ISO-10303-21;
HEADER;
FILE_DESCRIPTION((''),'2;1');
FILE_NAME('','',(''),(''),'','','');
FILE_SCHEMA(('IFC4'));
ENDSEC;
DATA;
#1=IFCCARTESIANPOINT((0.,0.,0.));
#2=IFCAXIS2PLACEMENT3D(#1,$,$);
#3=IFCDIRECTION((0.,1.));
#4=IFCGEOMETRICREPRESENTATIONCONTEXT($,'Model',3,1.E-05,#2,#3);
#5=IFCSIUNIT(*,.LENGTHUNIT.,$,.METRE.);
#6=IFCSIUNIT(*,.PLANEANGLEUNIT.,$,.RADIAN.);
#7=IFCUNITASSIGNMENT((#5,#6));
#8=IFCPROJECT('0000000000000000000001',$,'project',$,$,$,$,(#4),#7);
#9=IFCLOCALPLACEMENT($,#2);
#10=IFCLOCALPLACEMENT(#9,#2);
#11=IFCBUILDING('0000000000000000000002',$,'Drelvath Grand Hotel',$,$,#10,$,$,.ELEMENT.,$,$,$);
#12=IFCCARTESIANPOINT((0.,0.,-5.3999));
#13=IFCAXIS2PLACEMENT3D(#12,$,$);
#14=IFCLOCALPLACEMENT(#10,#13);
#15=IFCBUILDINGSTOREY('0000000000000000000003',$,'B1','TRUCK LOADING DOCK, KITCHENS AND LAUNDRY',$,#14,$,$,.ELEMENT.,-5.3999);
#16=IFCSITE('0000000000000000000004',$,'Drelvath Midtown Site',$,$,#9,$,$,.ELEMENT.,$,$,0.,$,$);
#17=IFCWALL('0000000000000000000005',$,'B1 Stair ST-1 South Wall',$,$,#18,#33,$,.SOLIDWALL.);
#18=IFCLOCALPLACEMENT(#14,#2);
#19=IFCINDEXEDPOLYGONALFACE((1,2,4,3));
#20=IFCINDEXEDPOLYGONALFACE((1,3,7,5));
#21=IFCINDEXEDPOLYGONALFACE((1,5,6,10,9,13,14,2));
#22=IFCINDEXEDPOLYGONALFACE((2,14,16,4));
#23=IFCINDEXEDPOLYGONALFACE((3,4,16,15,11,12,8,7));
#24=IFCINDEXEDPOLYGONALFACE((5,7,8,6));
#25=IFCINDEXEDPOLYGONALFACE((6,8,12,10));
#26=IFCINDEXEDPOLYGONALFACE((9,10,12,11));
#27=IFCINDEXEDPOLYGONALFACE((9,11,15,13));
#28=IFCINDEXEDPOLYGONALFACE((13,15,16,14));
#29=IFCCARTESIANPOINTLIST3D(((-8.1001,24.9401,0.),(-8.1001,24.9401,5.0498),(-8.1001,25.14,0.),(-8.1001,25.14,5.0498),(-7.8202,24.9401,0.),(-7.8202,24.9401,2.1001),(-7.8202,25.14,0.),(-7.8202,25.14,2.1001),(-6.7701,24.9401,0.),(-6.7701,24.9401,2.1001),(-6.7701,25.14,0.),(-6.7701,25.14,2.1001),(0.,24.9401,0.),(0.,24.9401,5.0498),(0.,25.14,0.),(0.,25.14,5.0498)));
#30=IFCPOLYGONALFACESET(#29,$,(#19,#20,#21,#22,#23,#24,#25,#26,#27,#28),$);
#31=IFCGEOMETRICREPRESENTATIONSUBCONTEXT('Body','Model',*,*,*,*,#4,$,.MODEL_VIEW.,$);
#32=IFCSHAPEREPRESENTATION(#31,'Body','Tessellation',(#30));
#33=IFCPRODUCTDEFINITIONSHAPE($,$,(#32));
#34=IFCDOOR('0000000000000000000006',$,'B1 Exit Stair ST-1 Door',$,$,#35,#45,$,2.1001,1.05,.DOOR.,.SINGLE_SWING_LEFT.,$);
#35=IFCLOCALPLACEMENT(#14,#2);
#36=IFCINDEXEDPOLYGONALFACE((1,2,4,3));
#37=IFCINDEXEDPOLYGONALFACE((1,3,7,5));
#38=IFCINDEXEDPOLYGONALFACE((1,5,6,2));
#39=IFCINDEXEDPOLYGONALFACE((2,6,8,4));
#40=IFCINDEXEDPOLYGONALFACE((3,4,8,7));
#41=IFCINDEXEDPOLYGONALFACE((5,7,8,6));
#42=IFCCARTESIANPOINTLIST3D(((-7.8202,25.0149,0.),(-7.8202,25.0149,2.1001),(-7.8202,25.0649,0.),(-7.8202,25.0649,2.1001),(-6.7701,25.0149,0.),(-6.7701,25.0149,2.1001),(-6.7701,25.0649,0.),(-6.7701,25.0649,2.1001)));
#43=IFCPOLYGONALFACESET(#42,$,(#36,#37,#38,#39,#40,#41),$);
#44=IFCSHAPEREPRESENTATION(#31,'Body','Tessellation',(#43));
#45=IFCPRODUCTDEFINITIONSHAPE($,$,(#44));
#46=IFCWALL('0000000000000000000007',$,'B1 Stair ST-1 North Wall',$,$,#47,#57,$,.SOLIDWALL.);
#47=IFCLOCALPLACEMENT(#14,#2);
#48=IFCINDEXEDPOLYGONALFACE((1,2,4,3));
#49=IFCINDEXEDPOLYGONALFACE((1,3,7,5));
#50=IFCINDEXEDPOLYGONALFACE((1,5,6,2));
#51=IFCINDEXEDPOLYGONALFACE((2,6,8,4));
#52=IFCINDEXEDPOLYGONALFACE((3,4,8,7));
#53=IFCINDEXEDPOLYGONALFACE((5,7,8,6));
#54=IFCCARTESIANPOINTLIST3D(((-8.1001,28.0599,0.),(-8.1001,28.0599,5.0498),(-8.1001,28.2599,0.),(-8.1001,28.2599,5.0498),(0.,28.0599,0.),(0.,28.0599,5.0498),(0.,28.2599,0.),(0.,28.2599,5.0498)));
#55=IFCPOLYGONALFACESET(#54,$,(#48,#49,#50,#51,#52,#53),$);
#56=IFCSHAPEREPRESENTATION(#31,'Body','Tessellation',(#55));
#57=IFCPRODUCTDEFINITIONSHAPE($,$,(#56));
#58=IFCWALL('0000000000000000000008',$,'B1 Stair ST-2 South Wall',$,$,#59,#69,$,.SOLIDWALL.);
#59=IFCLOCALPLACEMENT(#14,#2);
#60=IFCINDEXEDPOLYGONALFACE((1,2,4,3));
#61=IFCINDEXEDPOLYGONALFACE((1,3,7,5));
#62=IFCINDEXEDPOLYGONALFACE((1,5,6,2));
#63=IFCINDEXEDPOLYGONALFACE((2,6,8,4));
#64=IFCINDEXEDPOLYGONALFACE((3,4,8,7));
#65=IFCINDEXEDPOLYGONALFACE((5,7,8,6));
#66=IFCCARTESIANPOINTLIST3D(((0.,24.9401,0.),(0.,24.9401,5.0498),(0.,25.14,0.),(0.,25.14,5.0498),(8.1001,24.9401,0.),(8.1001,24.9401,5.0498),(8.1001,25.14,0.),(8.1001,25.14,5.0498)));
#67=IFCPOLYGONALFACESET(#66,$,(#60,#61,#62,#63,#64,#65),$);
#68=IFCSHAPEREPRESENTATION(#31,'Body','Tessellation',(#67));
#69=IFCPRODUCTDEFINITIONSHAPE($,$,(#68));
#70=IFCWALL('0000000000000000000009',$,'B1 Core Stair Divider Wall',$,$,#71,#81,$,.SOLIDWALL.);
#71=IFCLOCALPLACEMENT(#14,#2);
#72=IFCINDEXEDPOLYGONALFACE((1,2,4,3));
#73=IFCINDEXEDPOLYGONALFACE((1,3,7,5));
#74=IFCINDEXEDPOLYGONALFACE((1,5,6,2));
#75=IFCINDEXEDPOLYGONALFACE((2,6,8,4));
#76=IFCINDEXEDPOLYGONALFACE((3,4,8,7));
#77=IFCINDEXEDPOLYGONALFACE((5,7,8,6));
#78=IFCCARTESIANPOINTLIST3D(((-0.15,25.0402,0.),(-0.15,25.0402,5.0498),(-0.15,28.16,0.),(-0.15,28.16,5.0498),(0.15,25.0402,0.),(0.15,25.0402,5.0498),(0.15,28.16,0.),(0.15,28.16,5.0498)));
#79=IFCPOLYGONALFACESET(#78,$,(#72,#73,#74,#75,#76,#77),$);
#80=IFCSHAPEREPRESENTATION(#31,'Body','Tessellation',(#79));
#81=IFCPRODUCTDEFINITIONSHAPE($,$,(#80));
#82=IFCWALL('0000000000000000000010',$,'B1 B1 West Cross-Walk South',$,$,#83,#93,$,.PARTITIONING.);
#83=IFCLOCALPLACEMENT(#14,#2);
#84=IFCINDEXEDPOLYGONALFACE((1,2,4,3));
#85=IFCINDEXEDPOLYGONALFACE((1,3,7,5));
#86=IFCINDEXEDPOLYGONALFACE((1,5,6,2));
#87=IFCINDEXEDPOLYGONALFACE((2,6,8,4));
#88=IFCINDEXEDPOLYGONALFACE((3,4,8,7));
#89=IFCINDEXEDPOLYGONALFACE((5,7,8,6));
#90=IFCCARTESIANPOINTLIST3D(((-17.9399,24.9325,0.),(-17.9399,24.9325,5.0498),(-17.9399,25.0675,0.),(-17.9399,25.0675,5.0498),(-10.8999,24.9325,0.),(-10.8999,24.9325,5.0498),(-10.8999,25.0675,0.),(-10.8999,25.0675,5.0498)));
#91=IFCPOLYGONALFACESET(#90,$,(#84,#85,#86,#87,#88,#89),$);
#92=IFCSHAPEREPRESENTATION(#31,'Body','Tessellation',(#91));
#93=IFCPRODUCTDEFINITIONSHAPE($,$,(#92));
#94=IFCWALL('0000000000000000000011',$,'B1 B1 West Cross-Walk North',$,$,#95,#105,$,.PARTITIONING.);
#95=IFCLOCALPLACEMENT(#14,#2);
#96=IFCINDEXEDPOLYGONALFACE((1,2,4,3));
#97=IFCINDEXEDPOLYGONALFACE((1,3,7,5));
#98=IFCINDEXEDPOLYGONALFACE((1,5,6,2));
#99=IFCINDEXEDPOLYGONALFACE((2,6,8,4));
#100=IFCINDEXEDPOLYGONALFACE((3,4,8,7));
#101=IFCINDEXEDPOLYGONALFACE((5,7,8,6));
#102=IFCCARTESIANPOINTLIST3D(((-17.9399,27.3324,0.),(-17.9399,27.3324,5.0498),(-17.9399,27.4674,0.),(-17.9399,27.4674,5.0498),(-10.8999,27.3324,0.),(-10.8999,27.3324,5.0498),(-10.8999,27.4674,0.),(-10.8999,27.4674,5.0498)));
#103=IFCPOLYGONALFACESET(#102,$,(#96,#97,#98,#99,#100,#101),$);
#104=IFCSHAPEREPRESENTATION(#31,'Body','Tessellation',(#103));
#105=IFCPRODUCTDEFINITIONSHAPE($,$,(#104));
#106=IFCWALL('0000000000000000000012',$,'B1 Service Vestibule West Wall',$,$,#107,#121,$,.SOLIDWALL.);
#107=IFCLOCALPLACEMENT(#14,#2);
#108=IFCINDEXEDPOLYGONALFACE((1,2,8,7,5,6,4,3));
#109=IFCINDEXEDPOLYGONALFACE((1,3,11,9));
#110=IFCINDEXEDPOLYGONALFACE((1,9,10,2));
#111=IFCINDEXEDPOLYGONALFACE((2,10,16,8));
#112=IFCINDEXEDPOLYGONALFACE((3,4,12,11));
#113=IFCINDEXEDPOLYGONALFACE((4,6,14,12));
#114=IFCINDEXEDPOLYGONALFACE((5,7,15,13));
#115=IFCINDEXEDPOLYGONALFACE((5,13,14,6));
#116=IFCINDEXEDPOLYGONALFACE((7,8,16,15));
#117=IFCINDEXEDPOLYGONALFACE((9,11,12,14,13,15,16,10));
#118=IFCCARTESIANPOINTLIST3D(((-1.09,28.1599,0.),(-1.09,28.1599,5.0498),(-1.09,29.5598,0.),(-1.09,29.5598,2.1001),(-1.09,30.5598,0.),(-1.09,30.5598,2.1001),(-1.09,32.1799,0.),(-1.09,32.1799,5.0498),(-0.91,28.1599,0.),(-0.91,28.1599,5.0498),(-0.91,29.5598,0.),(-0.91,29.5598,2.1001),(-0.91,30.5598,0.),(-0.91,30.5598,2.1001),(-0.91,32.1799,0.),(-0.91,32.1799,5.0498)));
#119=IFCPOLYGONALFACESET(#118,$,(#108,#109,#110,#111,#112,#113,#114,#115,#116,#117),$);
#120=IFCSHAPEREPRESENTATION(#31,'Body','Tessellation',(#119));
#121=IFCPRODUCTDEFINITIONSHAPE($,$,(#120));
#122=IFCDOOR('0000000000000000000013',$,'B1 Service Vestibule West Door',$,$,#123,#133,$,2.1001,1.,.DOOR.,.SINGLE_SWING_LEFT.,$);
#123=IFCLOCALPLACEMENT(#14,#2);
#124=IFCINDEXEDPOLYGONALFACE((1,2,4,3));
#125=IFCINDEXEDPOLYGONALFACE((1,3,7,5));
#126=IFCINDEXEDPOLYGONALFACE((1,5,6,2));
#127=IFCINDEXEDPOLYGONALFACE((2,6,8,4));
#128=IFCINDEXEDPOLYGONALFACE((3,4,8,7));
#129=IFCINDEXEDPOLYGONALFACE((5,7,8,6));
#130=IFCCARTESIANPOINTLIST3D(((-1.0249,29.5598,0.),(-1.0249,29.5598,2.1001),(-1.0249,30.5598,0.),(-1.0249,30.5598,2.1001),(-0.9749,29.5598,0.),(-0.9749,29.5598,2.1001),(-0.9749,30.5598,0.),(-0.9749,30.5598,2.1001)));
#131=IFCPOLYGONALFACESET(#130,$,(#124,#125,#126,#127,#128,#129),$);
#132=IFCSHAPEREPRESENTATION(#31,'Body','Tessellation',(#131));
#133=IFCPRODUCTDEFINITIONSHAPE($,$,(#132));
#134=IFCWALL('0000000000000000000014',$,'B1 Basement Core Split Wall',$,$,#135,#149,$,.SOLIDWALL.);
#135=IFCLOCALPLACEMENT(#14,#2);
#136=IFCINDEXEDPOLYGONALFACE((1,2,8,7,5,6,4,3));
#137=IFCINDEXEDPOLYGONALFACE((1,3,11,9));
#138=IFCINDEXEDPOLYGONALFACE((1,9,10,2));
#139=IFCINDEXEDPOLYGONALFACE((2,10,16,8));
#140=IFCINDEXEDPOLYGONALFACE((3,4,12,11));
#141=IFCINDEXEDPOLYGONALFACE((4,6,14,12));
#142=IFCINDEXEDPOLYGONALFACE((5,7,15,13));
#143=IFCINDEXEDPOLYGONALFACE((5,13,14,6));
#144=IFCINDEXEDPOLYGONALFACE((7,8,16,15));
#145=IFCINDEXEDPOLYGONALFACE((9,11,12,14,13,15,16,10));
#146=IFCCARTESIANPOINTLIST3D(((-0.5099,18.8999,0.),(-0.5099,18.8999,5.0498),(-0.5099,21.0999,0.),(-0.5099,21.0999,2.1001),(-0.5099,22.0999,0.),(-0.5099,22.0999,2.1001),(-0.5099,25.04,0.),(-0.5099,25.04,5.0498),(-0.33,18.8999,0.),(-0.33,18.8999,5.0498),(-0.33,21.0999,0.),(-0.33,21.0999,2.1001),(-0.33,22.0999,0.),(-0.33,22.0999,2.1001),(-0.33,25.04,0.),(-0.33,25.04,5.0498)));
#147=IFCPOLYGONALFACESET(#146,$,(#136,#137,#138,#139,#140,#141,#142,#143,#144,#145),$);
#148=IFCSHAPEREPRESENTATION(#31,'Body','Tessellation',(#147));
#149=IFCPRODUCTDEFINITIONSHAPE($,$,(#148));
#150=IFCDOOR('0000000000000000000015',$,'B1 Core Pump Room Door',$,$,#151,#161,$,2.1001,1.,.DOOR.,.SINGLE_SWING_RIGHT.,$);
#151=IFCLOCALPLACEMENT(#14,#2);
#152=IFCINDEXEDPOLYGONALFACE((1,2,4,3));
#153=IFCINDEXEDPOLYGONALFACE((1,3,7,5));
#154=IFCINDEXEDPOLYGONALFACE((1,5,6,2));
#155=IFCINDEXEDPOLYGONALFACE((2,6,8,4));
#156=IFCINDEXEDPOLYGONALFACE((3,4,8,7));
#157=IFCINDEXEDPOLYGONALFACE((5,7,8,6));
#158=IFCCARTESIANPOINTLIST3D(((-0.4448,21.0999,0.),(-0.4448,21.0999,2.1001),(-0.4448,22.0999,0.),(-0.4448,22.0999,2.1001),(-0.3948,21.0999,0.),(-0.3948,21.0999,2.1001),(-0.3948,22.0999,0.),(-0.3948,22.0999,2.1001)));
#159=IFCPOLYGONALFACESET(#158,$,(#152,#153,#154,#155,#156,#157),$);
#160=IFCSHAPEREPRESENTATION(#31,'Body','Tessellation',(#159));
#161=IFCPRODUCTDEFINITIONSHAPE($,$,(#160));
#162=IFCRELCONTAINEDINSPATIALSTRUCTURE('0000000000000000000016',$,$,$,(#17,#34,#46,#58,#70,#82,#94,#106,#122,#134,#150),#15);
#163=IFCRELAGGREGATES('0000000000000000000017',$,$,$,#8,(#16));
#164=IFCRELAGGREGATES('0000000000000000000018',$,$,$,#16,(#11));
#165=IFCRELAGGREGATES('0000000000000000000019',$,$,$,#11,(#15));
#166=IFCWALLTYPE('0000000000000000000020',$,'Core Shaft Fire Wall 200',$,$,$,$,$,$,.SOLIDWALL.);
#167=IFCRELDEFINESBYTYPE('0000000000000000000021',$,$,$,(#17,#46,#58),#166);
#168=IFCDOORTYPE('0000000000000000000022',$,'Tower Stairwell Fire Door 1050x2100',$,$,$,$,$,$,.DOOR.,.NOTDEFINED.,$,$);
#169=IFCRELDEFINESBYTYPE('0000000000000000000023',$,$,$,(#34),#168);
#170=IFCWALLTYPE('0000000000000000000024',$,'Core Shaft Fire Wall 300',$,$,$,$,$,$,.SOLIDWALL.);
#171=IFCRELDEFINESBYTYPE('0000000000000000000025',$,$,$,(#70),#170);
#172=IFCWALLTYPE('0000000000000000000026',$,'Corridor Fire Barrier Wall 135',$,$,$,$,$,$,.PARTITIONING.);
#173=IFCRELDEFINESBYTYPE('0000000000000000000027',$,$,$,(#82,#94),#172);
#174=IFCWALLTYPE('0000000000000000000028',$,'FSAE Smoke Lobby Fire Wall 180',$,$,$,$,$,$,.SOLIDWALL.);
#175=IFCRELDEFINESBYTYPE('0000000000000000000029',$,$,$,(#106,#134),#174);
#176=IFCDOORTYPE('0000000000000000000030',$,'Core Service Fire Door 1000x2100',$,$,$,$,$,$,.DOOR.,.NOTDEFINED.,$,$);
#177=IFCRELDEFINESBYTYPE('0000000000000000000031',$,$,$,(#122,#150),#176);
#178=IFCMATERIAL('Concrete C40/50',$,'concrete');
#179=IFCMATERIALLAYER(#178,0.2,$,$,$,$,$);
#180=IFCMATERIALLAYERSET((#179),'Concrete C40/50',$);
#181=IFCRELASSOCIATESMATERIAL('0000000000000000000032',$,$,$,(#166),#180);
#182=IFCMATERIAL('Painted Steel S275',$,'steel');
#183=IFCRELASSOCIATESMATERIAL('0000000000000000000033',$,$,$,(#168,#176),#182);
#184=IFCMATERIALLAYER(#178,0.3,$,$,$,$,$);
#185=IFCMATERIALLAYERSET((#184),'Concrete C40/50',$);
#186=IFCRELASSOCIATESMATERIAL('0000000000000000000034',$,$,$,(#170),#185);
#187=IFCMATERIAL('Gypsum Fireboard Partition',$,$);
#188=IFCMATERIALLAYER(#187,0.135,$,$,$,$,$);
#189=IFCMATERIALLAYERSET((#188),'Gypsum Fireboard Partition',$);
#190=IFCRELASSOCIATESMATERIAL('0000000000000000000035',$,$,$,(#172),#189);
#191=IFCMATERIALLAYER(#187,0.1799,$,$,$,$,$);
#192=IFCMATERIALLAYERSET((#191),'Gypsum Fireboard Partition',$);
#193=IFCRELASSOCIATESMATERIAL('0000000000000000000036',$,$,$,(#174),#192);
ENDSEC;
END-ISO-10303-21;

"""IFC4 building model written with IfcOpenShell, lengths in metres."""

from ifc_helpers import new_model, si_unit, direction, frame, frame_2d, origin, place, context, subcontext, project, spatial, rectangle, extrude, material, layer, layer_set, type_object, element, fill, save


model = new_model("IFC4")

# Units and contexts
model_context = context("Model", 3, precision=1e-05, world=origin(), true_north=direction((0.0, 1.0)))
body_context = subcontext(model_context, "Body", "Model", "MODEL_VIEW")
ifc_project = project(units=[si_unit("LENGTHUNIT", "METRE"), si_unit("PLANEANGLEUNIT", "RADIAN")], contexts=[model_context])

# Site, building, storey
site_placement = place(None, origin())
site = spatial("IfcSite", under=ifc_project, at=site_placement, Name="Drelvath Midtown Site", CompositionType="ELEMENT", RefElevation=0.0)
building_placement = place(site_placement, origin())
building = spatial("IfcBuilding", under=site, at=building_placement, Name="Drelvath Grand Hotel", CompositionType="ELEMENT")
storey_placement = place(building_placement, frame((0.0, 0.0, -5.3999)))
storey = spatial("IfcBuildingStorey", under=building, at=storey_placement, Name="B1", Description="TRUCK LOADING DOCK, KITCHENS AND LAUNDRY", CompositionType="ELEMENT", Elevation=-5.3999)

# Wall, opening, door
ifc_material_1 = material(Name="Concrete C40/50", Category="concrete")
ifc_layer_1 = layer(ifc_material_1, 0.2)
ifc_layer_set_1 = layer_set([ifc_layer_1], Name="Concrete C40/50")
wall_type_1 = type_object("IfcWallType", Name="Core Shaft Fire Wall 200", PredefinedType="SOLIDWALL", material=ifc_layer_set_1)
wall_1_placement = place(storey_placement, frame((-8.1001, 25.04, 0.0), z_axis=(0.0, 0.0, 1.0), x_axis=(1.0, 0.0, 0.0)))
wall_1 = element("IfcWall", 1, at=wall_1_placement, inside=storey, type_object=wall_type_1, Name="B1 Stair ST-1 South Wall", PredefinedType="SOLIDWALL", context=body_context, shape_type="SweptSolid", body=[
    extrude(rectangle(XDim=8.1001, YDim=0.2, at=frame_2d((4.05, 0.0))), origin(), (0.0, 0.0, 1.0), 5.0498),
])
opening_1_placement = place(wall_1_placement, frame((0.28, 0.0, 0.0)))
opening_1 = element("IfcOpeningElement", 2, at=opening_1_placement, cuts=wall_1, PredefinedType="OPENING", context=body_context, shape_type="SweptSolid", body=[
    extrude(rectangle(XDim=1.05, YDim=2.1001, at=frame_2d((0.5249, 1.05))), frame((0.0, 0.1099, 0.0), z_axis=(0.0, -1.0, 0.0), x_axis=(1.0, 0.0, 0.0)), (0.0, 0.0, 1.0), 0.22),
])
ifc_material_2 = material(Name="Painted Steel S275", Category="steel")
door_type_1 = type_object("IfcDoorType", Name="Tower Stairwell Fire Door 1050x2100", OperationType="NOTDEFINED", PredefinedType="DOOR", material=ifc_material_2)
door_1_placement = place(opening_1_placement, origin())
door_1 = element("IfcDoor", 3, at=door_1_placement, inside=storey, type_object=door_type_1, Name="B1 Exit Stair ST-1 Door", OperationType="SINGLE_SWING_LEFT", OverallHeight=2.1001, OverallWidth=1.05, PredefinedType="DOOR", context=body_context, shape_type="SweptSolid", body=[
    extrude(rectangle(XDim=1.05, YDim=2.1001, at=frame_2d((0.5249, 1.05))), frame((0.0, 0.0249, 0.0), z_axis=(0.0, -1.0, 0.0), x_axis=(1.0, 0.0, 0.0)), (0.0, 0.0, 1.0), 0.05),
])
fill(opening_1, door_1)

# Walls
for number, where, z_axis, x_axis, name in (
    (4, (-8.1001, 28.1599, 0.0), (0.0, 0.0, 1.0), (1.0, 0.0, 0.0), "B1 Stair ST-1 North Wall"),
    (5, (0.0, 25.04, 0.0), (0.0, 0.0, 1.0), (1.0, 0.0, 0.0), "B1 Stair ST-2 South Wall"),
):
    element("IfcWall", number, at=place(storey_placement, frame(where, z_axis=z_axis, x_axis=x_axis)), inside=storey, type_object=wall_type_1, Name=name, PredefinedType="SOLIDWALL", context=body_context, shape_type="SweptSolid", body=[
        extrude(rectangle(XDim=8.1001, YDim=0.2, at=frame_2d((4.05, 0.0))), origin(), (0.0, 0.0, 1.0), 5.0498),
    ])
ifc_layer_2 = layer(ifc_material_1, 0.3)
ifc_layer_set_2 = layer_set([ifc_layer_2], Name="Concrete C40/50")
wall_type_2 = type_object("IfcWallType", Name="Core Shaft Fire Wall 300", PredefinedType="SOLIDWALL", material=ifc_layer_set_2)
wall_2_placement = place(storey_placement, frame((0.0, 25.04, 0.0), z_axis=(0.0, 0.0, 1.0), x_axis=(0.0, 1.0, 0.0)))
element("IfcWall", 6, at=wall_2_placement, inside=storey, type_object=wall_type_2, Name="B1 Core Stair Divider Wall", PredefinedType="SOLIDWALL", context=body_context, shape_type="SweptSolid", body=[
    extrude(rectangle(XDim=3.1199, YDim=0.3, at=frame_2d((1.5601, 0.0))), origin(), (0.0, 0.0, 1.0), 5.0498),
])
ifc_material_3 = material(Name="Gypsum Fireboard Partition")
ifc_layer_3 = layer(ifc_material_3, 0.135)
ifc_layer_set_3 = layer_set([ifc_layer_3], Name="Gypsum Fireboard Partition")
wall_type_3 = type_object("IfcWallType", Name="Corridor Fire Barrier Wall 135", PredefinedType="PARTITIONING", material=ifc_layer_set_3)
for number, where, z_axis, x_axis, name in (
    (7, (-17.9399, 25.0, 0.0), (0.0, 0.0, 1.0), (1.0, 0.0, 0.0), "B1 B1 West Cross-Walk South"),
    (8, (-17.9399, 27.3999, 0.0), (0.0, 0.0, 1.0), (1.0, 0.0, 0.0), "B1 B1 West Cross-Walk North"),
):
    element("IfcWall", number, at=place(storey_placement, frame(where, z_axis=z_axis, x_axis=x_axis)), inside=storey, type_object=wall_type_3, Name=name, PredefinedType="PARTITIONING", context=body_context, shape_type="SweptSolid", body=[
        extrude(rectangle(XDim=7.04, YDim=0.135, at=frame_2d((3.52, 0.0))), origin(), (0.0, 0.0, 1.0), 5.0498),
    ])

# Walls, openings, doors
ifc_layer_4 = layer(ifc_material_3, 0.1799)
ifc_layer_set_4 = layer_set([ifc_layer_4], Name="Gypsum Fireboard Partition")
wall_type_4 = type_object("IfcWallType", Name="FSAE Smoke Lobby Fire Wall 180", PredefinedType="SOLIDWALL", material=ifc_layer_set_4)
wall_3_placement = place(storey_placement, frame((-1.0, 28.1599, 0.0), z_axis=(0.0, 0.0, 1.0), x_axis=(0.0, 1.0, 0.0)))
wall_3 = element("IfcWall", 9, at=wall_3_placement, inside=storey, type_object=wall_type_4, Name="B1 Service Vestibule West Wall", PredefinedType="SOLIDWALL", context=body_context, shape_type="SweptSolid", body=[
    extrude(rectangle(XDim=4.02, YDim=0.1799, at=frame_2d((2.01, 0.0))), origin(), (0.0, 0.0, 1.0), 5.0498),
])
opening_2_placement = place(wall_3_placement, frame((1.3999, 0.0, 0.0)))
opening_2 = element("IfcOpeningElement", 10, at=opening_2_placement, cuts=wall_3, PredefinedType="OPENING", context=body_context, shape_type="SweptSolid", body=[
    extrude(rectangle(XDim=1.0, YDim=2.1001, at=frame_2d((0.5, 1.05))), frame((0.0, 0.0999, 0.0), z_axis=(0.0, -1.0, 0.0), x_axis=(1.0, 0.0, 0.0)), (0.0, 0.0, 1.0), 0.2),
])
door_type_2 = type_object("IfcDoorType", Name="Core Service Fire Door 1000x2100", OperationType="NOTDEFINED", PredefinedType="DOOR", material=ifc_material_2)
door_2_placement = place(opening_2_placement, origin())
door_2 = element("IfcDoor", 11, at=door_2_placement, inside=storey, type_object=door_type_2, Name="B1 Service Vestibule West Door", OperationType="SINGLE_SWING_LEFT", OverallHeight=2.1001, OverallWidth=1.0, PredefinedType="DOOR", context=body_context, shape_type="SweptSolid", body=[
    extrude(rectangle(XDim=1.0, YDim=2.1001, at=frame_2d((0.5, 1.05))), frame((0.0, 0.0249, 0.0), z_axis=(0.0, -1.0, 0.0), x_axis=(1.0, 0.0, 0.0)), (0.0, 0.0, 1.0), 0.05),
])
fill(opening_2, door_2)
wall_4_placement = place(storey_placement, frame((-0.4199, 18.8999, 0.0), z_axis=(0.0, 0.0, 1.0), x_axis=(0.0, 1.0, 0.0)))
wall_4 = element("IfcWall", 12, at=wall_4_placement, inside=storey, type_object=wall_type_4, Name="B1 Basement Core Split Wall", PredefinedType="SOLIDWALL", context=body_context, shape_type="SweptSolid", body=[
    extrude(rectangle(XDim=6.1401, YDim=0.1799, at=frame_2d((3.0701, 0.0))), origin(), (0.0, 0.0, 1.0), 5.0498),
])
opening_3_placement = place(wall_4_placement, frame((2.2, 0.0, 0.0)))
opening_3 = element("IfcOpeningElement", 13, at=opening_3_placement, cuts=wall_4, PredefinedType="OPENING", context=body_context, shape_type="SweptSolid", body=[
    extrude(rectangle(XDim=1.0, YDim=2.1001, at=frame_2d((0.5, 1.05))), frame((0.0, 0.0999, 0.0), z_axis=(0.0, -1.0, 0.0), x_axis=(1.0, 0.0, 0.0)), (0.0, 0.0, 1.0), 0.2),
])
door_3_placement = place(opening_3_placement, origin())
door_3 = element("IfcDoor", 14, at=door_3_placement, inside=storey, type_object=door_type_2, Name="B1 Core Pump Room Door", OperationType="SINGLE_SWING_RIGHT", OverallHeight=2.1001, OverallWidth=1.0, PredefinedType="DOOR", context=body_context, shape_type="SweptSolid", body=[
    extrude(rectangle(XDim=1.0, YDim=2.1001, at=frame_2d((0.5, 1.05))), frame((0.0, 0.0249, 0.0), z_axis=(0.0, -1.0, 0.0), x_axis=(1.0, 0.0, 0.0)), (0.0, 0.0, 1.0), 0.05),
])
fill(opening_3, door_3)

save(model, "model.ifc")
